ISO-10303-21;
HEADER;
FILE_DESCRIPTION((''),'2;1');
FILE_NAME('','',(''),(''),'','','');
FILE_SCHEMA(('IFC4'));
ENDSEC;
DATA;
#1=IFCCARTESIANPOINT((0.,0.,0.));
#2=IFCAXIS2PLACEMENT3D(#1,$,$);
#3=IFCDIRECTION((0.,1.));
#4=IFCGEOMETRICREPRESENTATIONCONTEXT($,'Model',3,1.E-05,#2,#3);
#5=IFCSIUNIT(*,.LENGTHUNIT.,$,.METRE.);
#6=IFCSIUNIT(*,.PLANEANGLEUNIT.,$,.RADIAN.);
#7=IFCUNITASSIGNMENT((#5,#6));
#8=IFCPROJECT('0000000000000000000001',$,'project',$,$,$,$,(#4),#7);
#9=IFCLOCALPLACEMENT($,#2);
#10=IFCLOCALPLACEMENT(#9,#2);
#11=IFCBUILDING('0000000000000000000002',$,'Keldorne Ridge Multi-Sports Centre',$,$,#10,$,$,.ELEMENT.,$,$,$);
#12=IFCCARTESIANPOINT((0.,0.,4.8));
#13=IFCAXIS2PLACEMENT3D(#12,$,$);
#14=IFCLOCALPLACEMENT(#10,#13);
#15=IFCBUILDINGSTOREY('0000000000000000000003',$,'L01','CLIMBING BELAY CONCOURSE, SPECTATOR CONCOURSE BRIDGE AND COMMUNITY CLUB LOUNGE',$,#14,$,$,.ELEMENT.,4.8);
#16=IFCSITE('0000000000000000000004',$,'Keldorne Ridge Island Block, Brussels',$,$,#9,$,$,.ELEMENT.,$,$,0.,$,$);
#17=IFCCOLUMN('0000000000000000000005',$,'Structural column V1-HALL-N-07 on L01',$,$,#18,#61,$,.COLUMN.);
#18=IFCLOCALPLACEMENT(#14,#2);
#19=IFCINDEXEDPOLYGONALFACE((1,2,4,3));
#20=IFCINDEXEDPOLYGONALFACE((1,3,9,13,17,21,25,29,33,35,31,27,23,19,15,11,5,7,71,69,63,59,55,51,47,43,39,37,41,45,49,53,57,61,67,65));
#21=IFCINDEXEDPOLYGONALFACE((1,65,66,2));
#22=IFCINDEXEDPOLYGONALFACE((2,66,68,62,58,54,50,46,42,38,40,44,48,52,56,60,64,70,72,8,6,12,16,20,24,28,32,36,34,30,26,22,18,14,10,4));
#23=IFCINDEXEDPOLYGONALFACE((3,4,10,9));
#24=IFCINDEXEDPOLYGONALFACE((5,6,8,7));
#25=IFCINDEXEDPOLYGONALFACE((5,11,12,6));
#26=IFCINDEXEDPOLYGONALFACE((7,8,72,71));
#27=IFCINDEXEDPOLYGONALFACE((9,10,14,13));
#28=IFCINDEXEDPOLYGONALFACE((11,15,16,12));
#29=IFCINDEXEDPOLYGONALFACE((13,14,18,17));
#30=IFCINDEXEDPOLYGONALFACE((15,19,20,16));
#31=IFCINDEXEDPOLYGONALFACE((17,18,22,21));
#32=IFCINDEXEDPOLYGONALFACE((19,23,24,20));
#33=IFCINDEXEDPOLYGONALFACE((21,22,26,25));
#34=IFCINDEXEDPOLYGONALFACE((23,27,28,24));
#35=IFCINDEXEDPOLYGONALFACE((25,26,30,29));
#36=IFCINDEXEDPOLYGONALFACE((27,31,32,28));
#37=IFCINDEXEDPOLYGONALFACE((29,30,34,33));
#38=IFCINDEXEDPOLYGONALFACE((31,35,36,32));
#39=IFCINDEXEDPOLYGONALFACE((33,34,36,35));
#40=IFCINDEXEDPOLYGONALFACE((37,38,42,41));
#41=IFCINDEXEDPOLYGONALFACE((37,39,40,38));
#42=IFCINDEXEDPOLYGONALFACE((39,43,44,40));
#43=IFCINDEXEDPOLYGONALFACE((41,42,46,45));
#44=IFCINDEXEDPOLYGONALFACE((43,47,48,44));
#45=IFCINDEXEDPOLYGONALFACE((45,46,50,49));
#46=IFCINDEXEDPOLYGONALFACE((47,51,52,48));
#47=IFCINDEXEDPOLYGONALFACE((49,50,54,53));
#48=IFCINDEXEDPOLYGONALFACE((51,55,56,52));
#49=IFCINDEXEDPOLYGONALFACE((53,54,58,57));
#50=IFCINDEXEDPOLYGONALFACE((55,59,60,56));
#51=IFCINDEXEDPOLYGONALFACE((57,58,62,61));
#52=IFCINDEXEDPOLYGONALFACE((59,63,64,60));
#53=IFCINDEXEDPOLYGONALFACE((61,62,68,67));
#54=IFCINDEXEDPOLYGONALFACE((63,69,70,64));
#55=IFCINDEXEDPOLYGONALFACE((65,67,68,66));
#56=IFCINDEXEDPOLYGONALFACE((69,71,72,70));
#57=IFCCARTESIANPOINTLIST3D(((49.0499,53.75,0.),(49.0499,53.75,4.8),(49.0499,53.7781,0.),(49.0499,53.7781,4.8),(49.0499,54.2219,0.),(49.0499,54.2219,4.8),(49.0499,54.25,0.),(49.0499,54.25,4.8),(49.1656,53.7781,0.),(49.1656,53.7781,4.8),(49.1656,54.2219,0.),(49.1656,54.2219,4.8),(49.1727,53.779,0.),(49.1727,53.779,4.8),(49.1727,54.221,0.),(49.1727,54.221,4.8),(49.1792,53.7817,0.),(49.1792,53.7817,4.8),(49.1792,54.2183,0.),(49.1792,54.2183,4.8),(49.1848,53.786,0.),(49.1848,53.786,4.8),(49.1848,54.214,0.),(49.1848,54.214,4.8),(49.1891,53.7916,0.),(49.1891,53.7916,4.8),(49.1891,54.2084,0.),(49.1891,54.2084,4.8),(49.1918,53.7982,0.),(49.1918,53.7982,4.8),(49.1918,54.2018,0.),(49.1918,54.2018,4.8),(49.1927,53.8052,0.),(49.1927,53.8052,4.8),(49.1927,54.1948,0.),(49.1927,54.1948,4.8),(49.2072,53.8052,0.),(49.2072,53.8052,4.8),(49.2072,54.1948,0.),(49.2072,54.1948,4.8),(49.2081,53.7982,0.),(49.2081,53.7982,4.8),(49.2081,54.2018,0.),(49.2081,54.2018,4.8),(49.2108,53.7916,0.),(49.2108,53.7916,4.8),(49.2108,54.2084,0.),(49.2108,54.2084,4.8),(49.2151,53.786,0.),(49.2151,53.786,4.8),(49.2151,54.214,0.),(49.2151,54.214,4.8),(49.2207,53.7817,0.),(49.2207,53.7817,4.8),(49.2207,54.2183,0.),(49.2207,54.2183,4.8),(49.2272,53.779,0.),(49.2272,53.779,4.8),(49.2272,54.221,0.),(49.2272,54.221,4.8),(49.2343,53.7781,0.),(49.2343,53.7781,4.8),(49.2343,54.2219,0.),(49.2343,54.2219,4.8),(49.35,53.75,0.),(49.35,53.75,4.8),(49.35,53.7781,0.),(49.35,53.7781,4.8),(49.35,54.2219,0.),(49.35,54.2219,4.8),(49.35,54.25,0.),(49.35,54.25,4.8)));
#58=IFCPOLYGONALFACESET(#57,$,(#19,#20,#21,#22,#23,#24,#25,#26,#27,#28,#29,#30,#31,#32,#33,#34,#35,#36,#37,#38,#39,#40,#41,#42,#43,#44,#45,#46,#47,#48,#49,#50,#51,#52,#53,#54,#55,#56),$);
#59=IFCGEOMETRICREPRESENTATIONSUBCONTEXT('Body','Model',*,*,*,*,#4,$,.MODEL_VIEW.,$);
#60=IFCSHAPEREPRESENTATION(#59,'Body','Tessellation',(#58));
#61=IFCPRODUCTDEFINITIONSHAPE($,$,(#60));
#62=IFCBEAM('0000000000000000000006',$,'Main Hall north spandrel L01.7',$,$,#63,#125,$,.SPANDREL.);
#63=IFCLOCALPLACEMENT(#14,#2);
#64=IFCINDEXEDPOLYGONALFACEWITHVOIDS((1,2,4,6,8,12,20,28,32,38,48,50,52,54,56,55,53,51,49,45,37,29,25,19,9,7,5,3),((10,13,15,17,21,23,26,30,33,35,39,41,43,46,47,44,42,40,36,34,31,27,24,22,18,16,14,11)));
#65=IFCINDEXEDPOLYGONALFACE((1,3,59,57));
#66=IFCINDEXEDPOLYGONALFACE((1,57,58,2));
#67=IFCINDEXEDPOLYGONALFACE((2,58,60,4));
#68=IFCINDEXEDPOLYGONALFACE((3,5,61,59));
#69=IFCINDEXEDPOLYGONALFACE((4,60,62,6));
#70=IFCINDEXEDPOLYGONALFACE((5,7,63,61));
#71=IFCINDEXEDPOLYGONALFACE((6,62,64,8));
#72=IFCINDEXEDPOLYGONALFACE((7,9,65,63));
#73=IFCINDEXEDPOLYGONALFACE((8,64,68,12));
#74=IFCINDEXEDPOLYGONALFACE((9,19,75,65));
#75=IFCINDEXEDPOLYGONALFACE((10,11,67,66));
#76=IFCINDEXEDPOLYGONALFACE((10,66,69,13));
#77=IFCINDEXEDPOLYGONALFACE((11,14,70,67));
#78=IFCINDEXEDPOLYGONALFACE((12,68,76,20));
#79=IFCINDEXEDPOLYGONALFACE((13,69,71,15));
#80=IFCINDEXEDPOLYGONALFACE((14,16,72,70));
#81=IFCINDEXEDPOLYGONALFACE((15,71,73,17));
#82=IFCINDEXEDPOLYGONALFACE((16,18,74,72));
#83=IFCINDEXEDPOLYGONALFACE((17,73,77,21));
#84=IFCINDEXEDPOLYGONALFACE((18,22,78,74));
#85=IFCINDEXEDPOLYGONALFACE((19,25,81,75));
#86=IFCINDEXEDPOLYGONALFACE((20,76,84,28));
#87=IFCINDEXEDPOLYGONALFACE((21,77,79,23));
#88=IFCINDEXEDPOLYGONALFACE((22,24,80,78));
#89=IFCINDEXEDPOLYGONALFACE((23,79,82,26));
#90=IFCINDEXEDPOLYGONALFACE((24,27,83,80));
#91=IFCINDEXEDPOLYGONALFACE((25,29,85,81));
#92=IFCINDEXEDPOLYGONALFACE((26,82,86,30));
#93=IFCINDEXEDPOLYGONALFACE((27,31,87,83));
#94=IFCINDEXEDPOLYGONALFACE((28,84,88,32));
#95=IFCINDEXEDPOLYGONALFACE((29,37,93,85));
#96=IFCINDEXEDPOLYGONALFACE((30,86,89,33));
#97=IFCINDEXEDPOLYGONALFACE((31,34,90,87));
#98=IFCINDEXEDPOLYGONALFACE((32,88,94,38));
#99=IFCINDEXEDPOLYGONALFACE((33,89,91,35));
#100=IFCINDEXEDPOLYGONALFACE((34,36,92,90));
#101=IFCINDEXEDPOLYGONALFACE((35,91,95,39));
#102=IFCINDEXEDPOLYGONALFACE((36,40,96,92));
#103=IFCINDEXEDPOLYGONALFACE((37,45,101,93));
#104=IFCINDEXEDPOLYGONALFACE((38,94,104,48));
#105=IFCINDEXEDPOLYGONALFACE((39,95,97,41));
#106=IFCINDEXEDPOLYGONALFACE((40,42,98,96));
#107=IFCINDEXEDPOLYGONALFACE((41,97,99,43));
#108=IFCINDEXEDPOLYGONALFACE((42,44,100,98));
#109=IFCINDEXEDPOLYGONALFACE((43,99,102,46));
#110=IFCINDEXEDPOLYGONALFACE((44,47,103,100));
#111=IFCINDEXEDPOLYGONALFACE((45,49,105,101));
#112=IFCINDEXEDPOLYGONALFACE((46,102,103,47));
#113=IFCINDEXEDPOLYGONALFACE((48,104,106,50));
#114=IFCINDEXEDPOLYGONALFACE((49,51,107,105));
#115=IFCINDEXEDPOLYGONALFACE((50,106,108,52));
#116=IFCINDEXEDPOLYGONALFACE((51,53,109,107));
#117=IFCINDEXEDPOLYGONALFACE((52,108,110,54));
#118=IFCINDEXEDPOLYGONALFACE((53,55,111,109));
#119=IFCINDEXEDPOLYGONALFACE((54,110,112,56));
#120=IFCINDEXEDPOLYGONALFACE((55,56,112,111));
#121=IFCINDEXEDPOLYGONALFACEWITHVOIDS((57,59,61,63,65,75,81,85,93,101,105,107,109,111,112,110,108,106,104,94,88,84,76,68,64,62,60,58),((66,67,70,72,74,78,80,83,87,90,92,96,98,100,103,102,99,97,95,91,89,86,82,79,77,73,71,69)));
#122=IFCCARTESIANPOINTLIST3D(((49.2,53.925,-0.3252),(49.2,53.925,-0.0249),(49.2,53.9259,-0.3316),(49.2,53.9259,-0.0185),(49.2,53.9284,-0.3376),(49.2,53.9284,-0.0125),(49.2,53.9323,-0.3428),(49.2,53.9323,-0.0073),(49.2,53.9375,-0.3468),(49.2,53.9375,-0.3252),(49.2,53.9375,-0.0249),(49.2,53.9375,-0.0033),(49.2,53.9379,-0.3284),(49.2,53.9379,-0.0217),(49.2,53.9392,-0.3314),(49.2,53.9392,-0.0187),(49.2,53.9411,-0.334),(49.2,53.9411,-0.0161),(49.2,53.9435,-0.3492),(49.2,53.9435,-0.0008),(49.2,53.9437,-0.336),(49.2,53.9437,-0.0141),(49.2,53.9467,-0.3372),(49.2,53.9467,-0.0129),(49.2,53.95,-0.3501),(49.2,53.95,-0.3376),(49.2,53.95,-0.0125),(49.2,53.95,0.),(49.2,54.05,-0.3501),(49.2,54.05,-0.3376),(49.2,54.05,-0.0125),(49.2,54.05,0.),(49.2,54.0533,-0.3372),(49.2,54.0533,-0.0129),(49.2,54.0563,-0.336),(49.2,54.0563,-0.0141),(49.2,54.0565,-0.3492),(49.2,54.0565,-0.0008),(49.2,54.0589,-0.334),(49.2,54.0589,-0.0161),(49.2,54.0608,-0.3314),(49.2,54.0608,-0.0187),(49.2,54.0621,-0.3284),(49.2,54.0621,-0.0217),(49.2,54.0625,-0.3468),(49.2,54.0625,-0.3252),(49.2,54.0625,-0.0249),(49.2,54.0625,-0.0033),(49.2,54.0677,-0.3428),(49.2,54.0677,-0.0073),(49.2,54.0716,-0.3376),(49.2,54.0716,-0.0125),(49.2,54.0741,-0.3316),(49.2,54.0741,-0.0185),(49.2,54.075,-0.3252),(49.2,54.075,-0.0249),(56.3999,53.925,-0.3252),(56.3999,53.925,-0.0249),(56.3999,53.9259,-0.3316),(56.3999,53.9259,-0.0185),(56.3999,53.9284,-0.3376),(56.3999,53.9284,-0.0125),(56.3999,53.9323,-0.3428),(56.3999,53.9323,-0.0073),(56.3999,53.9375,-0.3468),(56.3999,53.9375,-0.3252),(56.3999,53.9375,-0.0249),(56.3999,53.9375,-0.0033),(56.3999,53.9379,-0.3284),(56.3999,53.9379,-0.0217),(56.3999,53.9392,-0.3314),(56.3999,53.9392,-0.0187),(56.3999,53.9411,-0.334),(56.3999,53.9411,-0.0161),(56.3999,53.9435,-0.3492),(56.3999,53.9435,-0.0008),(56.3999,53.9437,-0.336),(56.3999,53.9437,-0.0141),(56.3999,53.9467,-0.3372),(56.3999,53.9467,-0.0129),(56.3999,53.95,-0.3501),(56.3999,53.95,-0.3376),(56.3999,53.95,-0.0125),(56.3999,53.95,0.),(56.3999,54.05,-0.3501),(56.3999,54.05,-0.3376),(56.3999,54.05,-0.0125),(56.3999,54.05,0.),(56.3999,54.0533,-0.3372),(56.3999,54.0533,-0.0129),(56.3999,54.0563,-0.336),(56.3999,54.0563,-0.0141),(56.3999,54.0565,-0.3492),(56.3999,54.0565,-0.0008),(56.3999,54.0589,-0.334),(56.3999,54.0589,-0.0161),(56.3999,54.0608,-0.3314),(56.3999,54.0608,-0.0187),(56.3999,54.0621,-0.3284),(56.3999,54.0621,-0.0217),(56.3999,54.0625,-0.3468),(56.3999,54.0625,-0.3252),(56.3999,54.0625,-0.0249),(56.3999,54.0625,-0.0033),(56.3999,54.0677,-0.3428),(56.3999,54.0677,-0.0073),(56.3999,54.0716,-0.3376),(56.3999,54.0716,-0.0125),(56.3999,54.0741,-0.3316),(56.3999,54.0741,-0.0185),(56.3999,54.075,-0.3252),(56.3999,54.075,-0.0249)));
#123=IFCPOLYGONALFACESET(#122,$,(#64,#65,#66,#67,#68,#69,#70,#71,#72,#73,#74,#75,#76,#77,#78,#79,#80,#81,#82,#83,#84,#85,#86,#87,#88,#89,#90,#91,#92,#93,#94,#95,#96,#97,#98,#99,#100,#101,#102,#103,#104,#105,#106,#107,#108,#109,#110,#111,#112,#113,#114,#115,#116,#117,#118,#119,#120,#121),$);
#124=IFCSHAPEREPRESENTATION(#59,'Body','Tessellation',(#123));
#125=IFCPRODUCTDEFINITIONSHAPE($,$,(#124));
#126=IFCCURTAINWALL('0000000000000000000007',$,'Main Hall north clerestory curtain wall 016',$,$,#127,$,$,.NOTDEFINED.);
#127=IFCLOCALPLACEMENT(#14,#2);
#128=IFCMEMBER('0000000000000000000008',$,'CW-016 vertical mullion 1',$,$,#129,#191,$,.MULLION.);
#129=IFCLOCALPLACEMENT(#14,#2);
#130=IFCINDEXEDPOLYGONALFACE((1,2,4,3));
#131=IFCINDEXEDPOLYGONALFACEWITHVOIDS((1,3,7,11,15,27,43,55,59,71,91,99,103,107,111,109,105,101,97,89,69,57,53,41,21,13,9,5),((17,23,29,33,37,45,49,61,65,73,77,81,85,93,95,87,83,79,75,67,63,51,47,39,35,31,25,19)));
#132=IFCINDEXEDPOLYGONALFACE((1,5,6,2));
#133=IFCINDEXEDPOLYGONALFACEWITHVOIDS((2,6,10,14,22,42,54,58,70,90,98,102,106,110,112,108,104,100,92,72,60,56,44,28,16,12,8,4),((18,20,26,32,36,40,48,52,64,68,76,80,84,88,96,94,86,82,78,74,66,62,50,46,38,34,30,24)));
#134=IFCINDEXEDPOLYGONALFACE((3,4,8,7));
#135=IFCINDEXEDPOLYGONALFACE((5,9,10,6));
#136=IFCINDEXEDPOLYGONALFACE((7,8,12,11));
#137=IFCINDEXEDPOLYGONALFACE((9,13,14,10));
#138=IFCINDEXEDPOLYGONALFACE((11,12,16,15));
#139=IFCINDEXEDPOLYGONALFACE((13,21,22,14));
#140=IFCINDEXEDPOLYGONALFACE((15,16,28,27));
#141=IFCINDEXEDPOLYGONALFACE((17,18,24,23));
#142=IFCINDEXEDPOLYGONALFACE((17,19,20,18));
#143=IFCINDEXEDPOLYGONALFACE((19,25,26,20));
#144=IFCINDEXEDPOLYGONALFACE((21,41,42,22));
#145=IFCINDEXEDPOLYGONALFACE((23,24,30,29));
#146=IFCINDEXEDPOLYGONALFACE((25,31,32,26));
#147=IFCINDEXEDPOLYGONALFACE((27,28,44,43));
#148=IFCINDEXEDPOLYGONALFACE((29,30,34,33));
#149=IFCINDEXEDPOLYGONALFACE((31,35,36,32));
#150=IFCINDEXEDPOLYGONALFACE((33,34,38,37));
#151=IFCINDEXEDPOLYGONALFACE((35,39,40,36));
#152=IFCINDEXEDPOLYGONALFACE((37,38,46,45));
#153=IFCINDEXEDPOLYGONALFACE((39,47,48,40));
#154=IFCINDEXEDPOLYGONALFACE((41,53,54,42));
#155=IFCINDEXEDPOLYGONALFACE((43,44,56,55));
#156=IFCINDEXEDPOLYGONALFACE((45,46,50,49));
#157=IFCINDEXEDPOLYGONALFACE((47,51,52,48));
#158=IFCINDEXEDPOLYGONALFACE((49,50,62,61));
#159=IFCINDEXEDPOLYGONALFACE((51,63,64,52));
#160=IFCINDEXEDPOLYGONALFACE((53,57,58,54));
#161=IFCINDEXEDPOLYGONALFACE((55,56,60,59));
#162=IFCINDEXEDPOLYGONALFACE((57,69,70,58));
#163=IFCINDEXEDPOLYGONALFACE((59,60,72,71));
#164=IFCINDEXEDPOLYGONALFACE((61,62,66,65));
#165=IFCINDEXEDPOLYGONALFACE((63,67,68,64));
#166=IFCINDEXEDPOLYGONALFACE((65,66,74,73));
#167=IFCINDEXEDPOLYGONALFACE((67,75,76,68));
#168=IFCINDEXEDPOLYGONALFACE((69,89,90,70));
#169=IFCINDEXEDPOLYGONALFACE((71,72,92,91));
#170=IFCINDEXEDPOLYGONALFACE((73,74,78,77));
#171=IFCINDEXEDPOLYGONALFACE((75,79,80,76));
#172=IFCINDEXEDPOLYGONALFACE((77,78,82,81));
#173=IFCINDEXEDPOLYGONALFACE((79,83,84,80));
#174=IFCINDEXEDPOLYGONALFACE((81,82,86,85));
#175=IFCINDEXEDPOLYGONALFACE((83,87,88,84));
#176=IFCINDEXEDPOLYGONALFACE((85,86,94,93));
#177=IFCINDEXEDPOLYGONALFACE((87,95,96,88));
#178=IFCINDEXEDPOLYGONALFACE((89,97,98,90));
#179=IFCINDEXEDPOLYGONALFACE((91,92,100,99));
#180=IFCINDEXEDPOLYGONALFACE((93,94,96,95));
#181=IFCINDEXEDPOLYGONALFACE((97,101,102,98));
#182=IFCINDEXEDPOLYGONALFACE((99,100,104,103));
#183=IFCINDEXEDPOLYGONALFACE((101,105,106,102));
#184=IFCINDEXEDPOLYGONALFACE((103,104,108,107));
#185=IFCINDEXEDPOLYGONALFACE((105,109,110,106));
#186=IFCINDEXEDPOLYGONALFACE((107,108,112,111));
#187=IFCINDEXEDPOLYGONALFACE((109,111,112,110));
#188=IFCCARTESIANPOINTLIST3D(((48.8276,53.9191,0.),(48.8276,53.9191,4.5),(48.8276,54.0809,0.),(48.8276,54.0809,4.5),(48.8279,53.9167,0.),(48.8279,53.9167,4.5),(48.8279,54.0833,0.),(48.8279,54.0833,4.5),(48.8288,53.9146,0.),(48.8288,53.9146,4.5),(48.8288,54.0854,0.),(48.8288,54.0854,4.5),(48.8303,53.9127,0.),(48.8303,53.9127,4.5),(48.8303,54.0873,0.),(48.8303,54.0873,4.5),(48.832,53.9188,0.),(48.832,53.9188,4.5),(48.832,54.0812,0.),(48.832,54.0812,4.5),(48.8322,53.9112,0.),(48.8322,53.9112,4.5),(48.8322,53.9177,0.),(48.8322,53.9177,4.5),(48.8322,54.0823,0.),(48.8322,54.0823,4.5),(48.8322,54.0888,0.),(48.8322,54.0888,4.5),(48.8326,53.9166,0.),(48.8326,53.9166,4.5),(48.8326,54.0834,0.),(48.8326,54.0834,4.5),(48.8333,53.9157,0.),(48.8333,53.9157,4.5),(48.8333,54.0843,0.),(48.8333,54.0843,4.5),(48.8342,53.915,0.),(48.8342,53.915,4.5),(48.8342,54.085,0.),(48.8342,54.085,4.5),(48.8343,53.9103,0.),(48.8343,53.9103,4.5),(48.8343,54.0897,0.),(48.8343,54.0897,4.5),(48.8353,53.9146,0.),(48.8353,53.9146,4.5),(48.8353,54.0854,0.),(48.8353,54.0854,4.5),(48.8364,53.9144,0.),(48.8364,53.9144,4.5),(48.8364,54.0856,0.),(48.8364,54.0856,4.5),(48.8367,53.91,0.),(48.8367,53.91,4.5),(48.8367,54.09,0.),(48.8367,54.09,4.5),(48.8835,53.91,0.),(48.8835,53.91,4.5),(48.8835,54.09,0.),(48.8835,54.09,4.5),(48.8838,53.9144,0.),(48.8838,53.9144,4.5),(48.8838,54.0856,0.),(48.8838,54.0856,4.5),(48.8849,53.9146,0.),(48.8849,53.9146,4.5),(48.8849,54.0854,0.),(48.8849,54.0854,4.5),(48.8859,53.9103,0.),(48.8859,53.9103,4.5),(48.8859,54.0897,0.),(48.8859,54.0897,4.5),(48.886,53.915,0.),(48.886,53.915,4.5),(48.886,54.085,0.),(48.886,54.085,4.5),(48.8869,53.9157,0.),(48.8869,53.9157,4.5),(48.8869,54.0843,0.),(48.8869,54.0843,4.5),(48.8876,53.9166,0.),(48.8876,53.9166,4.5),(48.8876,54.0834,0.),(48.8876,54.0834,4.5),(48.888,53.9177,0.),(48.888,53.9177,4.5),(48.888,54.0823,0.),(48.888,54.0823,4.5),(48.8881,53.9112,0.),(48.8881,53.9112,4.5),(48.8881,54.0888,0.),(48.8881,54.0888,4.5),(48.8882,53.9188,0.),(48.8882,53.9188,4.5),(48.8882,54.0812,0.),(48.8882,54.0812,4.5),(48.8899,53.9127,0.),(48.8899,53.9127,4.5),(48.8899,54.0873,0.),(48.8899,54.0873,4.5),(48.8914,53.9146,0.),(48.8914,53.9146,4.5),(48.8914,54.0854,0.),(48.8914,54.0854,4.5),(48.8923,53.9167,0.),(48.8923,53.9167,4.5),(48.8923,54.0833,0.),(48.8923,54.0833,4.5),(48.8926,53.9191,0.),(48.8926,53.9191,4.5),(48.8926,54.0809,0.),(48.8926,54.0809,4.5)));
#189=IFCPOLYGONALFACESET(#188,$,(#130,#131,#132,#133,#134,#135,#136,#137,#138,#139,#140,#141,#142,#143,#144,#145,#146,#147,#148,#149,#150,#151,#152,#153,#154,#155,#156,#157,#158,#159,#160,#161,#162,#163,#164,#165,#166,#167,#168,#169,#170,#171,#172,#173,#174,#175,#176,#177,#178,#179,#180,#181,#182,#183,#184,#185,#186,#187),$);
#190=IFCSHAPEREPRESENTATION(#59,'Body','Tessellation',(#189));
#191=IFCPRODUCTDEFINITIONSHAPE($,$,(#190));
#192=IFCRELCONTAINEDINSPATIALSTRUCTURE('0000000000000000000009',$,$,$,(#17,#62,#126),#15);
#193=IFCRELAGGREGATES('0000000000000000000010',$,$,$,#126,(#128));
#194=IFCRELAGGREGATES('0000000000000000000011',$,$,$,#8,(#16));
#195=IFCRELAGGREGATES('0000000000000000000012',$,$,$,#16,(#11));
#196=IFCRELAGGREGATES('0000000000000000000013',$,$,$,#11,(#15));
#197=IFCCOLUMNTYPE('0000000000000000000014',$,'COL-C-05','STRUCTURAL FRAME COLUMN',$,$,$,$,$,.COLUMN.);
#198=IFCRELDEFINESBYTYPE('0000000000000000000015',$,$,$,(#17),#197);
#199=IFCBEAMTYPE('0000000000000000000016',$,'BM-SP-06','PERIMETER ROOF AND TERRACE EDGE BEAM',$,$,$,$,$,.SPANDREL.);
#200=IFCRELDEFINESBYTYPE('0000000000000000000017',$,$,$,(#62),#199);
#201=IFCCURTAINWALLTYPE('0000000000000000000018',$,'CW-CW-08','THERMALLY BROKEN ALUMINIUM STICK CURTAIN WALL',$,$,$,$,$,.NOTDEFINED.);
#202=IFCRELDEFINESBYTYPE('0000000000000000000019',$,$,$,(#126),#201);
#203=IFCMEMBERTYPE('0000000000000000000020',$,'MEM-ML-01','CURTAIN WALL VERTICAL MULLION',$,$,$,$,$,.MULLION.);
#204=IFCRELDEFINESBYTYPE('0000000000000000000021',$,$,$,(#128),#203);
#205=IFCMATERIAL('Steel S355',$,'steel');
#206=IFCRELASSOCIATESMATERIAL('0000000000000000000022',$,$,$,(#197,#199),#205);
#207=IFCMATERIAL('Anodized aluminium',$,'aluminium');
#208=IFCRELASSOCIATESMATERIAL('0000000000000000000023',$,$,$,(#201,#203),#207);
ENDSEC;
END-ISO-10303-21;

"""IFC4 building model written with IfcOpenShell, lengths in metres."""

from ifc_helpers import new_model, si_unit, direction, frame, origin, origin_2d, place, context, subcontext, project, spatial, hollow_rectangle, i_section, extrude, material, material_profile, profile_set, type_object, element, aggregate, save


model = new_model("IFC4")

# Units and contexts
model_context = context("Model", 3, precision=1e-05, world=origin(), true_north=direction((0.0, 1.0)))
body_context = subcontext(model_context, "Body", "Model", "MODEL_VIEW")
ifc_project = project(units=[si_unit("LENGTHUNIT", "METRE"), si_unit("PLANEANGLEUNIT", "RADIAN")], contexts=[model_context])

# Site, building, storey
site_placement = place(None, origin())
site = spatial("IfcSite", under=ifc_project, at=site_placement, Name="Keldorne Ridge Island Block, Brussels", CompositionType="ELEMENT", RefElevation=0.0)
building_placement = place(site_placement, origin())
building = spatial("IfcBuilding", under=site, at=building_placement, Name="Keldorne Ridge Multi-Sports Centre", CompositionType="ELEMENT")
storey_placement = place(building_placement, frame((0.0, 0.0, 4.8)))
storey = spatial("IfcBuildingStorey", under=building, at=storey_placement, Name="L01", Description="CLIMBING BELAY CONCOURSE, SPECTATOR CONCOURSE BRIDGE AND COMMUNITY CLUB LOUNGE", CompositionType="ELEMENT", Elevation=4.8)

# Column
ifc_material_1 = material(Name="Steel S355", Category="steel")
ifc_material_profile_1 = material_profile(ifc_material_1, i_section(OverallWidth=0.3, OverallDepth=0.5, WebThickness=0.0144, FlangeThickness=0.0281, FilletRadius=0.0271, at=origin_2d()), Name="HEB 500")
ifc_profile_set_1 = profile_set([ifc_material_profile_1], Name="Steel S355")
column_type = type_object("IfcColumnType", Name="COL-C-05", Description="STRUCTURAL FRAME COLUMN", PredefinedType="COLUMN", material=ifc_profile_set_1)
column_placement = place(storey_placement, frame((49.2, 54.0, 0.0), z_axis=(0.0, 0.0, 1.0), x_axis=(1.0, 0.0, 0.0)))
element("IfcColumn", 1, at=column_placement, inside=storey, type_object=column_type, Name="Structural column V1-HALL-N-07 on L01", PredefinedType="COLUMN", context=body_context, shape_type="SweptSolid", body=[
    extrude(i_section(OverallWidth=0.3, OverallDepth=0.5, WebThickness=0.0144, FlangeThickness=0.0281, FilletRadius=0.0271, at=origin_2d()), origin(), (0.0, 0.0, 1.0), 4.8),
])

# Beam
ifc_material_profile_2 = material_profile(ifc_material_1, hollow_rectangle(XDim=0.1499, YDim=0.3501, WallThickness=0.0125, InnerFilletRadius=0.0125, OuterFilletRadius=0.0249, at=origin_2d()), Name="RHS 350x150x12.5")
ifc_profile_set_2 = profile_set([ifc_material_profile_2], Name="Steel S355")
beam_type = type_object("IfcBeamType", Name="BM-SP-06", Description="PERIMETER ROOF AND TERRACE EDGE BEAM", PredefinedType="SPANDREL", material=ifc_profile_set_2)
beam_placement = place(storey_placement, frame((49.2, 54.0, -0.175), z_axis=(1.0, 0.0, 0.0), x_axis=(0.0, 1.0, 0.0)))
element("IfcBeam", 2, at=beam_placement, inside=storey, type_object=beam_type, Name="Main Hall north spandrel L01.7", PredefinedType="SPANDREL", context=body_context, shape_type="SweptSolid", body=[
    extrude(hollow_rectangle(XDim=0.1499, YDim=0.3501, WallThickness=0.0125, InnerFilletRadius=0.0125, OuterFilletRadius=0.0249, at=origin_2d()), origin(), (0.0, 0.0, 1.0), 7.2),
])

# Curtain wall, member
ifc_material_2 = material(Name="Anodized aluminium", Category="aluminium")
curtain_wall_type_1 = type_object("IfcCurtainWallType", Name="CW-CW-08", Description="THERMALLY BROKEN ALUMINIUM STICK CURTAIN WALL", PredefinedType="NOTDEFINED", material=ifc_material_2)
curtain_wall_1_placement = place(storey_placement, origin())
curtain_wall_1 = element("IfcCurtainWall", 3, at=curtain_wall_1_placement, inside=storey, type_object=curtain_wall_type_1, Name="Main Hall north clerestory curtain wall 016", PredefinedType="NOTDEFINED")
ifc_material_profile_3 = material_profile(ifc_material_2, hollow_rectangle(XDim=0.0649, YDim=0.1799, WallThickness=0.0044, InnerFilletRadius=0.0044, OuterFilletRadius=0.009, at=origin_2d()), Name="ALU MULLION 180x65x4.5")
ifc_profile_set_3 = profile_set([ifc_material_profile_3], Name="Anodized aluminium")
member_type_1 = type_object("IfcMemberType", Name="MEM-ML-01", Description="CURTAIN WALL VERTICAL MULLION", PredefinedType="MULLION", material=ifc_profile_set_3)
member_1_placement = place(storey_placement, frame((48.8601, 54.0, 0.0), z_axis=(0.0, 0.0, 1.0), x_axis=(1.0, 0.0, 0.0)))
member_1 = element("IfcMember", 4, at=member_1_placement, type_object=member_type_1, Name="CW-016 vertical mullion 1", PredefinedType="MULLION", context=body_context, shape_type="SweptSolid", body=[
    extrude(hollow_rectangle(XDim=0.0649, YDim=0.1799, WallThickness=0.0044, InnerFilletRadius=0.0044, OuterFilletRadius=0.009, at=origin_2d()), origin(), (0.0, 0.0, 1.0), 4.5),
])

aggregate(curtain_wall_1, [member_1])

save(model, "model.ifc")
